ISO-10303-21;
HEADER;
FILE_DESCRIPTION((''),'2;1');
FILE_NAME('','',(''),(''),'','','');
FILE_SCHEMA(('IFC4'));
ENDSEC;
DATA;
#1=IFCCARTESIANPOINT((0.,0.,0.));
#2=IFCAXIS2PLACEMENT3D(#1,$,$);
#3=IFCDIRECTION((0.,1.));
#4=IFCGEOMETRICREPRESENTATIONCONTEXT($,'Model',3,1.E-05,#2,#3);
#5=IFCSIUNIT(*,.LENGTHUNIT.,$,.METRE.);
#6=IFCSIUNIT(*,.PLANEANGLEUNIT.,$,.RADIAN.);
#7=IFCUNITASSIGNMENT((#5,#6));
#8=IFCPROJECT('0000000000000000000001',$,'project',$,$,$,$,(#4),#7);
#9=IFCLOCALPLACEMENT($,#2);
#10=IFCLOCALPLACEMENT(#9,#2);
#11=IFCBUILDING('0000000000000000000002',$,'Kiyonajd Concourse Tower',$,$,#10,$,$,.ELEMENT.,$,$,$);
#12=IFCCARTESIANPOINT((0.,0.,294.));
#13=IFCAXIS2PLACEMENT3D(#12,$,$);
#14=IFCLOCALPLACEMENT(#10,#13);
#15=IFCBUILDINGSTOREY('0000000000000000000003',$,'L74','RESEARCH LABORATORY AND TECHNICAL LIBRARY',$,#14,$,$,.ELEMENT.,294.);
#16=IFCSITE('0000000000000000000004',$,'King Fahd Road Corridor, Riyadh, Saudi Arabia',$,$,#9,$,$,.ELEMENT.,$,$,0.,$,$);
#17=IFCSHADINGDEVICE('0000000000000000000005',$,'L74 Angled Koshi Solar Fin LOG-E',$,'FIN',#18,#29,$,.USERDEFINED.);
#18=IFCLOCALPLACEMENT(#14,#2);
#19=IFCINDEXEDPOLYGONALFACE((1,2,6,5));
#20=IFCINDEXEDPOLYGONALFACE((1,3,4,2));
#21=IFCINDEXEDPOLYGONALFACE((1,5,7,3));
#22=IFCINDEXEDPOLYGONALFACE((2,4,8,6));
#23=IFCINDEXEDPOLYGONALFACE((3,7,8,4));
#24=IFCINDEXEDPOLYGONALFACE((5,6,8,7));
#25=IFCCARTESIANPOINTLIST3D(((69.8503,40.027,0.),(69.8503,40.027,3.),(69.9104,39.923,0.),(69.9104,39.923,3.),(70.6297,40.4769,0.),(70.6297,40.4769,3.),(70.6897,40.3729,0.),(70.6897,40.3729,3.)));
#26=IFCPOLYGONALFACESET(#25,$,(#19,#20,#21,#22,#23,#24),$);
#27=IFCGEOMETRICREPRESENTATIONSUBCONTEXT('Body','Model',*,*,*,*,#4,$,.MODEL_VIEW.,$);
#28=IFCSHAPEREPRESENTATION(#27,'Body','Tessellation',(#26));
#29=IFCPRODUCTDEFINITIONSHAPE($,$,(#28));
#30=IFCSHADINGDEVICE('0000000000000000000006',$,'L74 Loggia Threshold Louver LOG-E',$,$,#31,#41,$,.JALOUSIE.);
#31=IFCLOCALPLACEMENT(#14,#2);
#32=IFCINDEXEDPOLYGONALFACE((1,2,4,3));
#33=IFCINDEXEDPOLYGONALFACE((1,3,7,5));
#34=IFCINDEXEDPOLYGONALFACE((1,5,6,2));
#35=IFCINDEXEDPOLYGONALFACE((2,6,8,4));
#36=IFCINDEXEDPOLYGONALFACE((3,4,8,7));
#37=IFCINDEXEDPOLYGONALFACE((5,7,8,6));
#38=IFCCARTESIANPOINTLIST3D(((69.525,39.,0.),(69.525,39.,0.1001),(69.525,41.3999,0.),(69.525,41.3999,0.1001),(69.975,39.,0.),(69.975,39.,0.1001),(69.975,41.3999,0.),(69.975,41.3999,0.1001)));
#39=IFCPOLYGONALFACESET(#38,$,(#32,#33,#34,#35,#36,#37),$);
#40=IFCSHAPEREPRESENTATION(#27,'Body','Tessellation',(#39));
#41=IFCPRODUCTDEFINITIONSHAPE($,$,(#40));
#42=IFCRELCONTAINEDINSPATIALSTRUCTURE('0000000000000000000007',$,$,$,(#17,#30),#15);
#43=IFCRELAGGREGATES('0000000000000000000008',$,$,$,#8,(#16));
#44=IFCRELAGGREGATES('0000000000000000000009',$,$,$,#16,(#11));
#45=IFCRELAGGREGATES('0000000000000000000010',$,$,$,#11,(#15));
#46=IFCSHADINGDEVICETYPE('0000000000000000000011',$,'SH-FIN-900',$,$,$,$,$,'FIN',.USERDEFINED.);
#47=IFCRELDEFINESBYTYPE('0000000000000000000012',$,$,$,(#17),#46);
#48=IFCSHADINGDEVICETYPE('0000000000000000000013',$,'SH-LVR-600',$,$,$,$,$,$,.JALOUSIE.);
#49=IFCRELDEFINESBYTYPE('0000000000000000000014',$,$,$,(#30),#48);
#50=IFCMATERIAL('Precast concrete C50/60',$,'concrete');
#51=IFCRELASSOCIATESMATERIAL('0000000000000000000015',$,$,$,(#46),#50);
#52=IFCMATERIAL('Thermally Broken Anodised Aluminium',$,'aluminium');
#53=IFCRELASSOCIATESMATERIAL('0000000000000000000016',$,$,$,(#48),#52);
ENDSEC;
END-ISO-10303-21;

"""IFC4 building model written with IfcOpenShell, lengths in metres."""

from ifc_helpers import new_model, si_unit, direction, frame, origin, origin_2d, place, context, subcontext, project, spatial, rectangle, extrude, material, type_object, element, save


model = new_model("IFC4")

# Units and contexts
model_context = context("Model", 3, precision=1e-05, world=origin(), true_north=direction((0.0, 1.0)))
body_context = subcontext(model_context, "Body", "Model", "MODEL_VIEW")
ifc_project = project(units=[si_unit("LENGTHUNIT", "METRE"), si_unit("PLANEANGLEUNIT", "RADIAN")], contexts=[model_context])

# Site, building, storey
site_placement = place(None, origin())
site = spatial("IfcSite", under=ifc_project, at=site_placement, Name="King Fahd Road Corridor, Riyadh, Saudi Arabia", CompositionType="ELEMENT", RefElevation=0.0)
building_placement = place(site_placement, origin())
building = spatial("IfcBuilding", under=site, at=building_placement, Name="Kiyonajd Concourse Tower", CompositionType="ELEMENT")
storey_placement = place(building_placement, frame((0.0, 0.0, 294.0)))
storey = spatial("IfcBuildingStorey", under=building, at=storey_placement, Name="L74", Description="RESEARCH LABORATORY AND TECHNICAL LIBRARY", CompositionType="ELEMENT", Elevation=294.0)

# Shared definitions
ifc_material_1 = material(Name="Thermally Broken Anodised Aluminium", Category="aluminium")

# Shared definitions
ifc_material_2 = material(Name="Precast concrete C50/60", Category="concrete")

# Shading devices
shading_device_type_1 = type_object("IfcShadingDeviceType", Name="SH-FIN-900", ElementType="FIN", PredefinedType="USERDEFINED", material=ifc_material_2)
shading_device_1_placement = place(storey_placement, frame((70.27, 40.2, 0.0), z_axis=(0.0, 0.0, 1.0), x_axis=(0.866025, 0.5, 0.0)))
element("IfcShadingDevice", 1, at=shading_device_1_placement, inside=storey, type_object=shading_device_type_1, Name="L74 Angled Koshi Solar Fin LOG-E", ObjectType="FIN", PredefinedType="USERDEFINED", context=body_context, shape_type="SweptSolid", body=[
    extrude(rectangle(XDim=0.8999, YDim=0.1201, at=origin_2d()), origin(), (0.0, 0.0, 1.0), 3.0),
])
shading_device_type_2 = type_object("IfcShadingDeviceType", Name="SH-LVR-600", PredefinedType="JALOUSIE", material=ifc_material_1)
shading_device_2_placement = place(storey_placement, frame((69.75, 40.2, 0.0), z_axis=(0.0, 0.0, 1.0), x_axis=(0.0, 1.0, 0.0)))
element("IfcShadingDevice", 2, at=shading_device_2_placement, inside=storey, type_object=shading_device_type_2, Name="L74 Loggia Threshold Louver LOG-E", PredefinedType="JALOUSIE", context=body_context, shape_type="SweptSolid", body=[
    extrude(rectangle(XDim=2.3999, YDim=0.45, at=origin_2d()), origin(), (0.0, 0.0, 1.0), 0.1001),
])

save(model, "model.ifc")
